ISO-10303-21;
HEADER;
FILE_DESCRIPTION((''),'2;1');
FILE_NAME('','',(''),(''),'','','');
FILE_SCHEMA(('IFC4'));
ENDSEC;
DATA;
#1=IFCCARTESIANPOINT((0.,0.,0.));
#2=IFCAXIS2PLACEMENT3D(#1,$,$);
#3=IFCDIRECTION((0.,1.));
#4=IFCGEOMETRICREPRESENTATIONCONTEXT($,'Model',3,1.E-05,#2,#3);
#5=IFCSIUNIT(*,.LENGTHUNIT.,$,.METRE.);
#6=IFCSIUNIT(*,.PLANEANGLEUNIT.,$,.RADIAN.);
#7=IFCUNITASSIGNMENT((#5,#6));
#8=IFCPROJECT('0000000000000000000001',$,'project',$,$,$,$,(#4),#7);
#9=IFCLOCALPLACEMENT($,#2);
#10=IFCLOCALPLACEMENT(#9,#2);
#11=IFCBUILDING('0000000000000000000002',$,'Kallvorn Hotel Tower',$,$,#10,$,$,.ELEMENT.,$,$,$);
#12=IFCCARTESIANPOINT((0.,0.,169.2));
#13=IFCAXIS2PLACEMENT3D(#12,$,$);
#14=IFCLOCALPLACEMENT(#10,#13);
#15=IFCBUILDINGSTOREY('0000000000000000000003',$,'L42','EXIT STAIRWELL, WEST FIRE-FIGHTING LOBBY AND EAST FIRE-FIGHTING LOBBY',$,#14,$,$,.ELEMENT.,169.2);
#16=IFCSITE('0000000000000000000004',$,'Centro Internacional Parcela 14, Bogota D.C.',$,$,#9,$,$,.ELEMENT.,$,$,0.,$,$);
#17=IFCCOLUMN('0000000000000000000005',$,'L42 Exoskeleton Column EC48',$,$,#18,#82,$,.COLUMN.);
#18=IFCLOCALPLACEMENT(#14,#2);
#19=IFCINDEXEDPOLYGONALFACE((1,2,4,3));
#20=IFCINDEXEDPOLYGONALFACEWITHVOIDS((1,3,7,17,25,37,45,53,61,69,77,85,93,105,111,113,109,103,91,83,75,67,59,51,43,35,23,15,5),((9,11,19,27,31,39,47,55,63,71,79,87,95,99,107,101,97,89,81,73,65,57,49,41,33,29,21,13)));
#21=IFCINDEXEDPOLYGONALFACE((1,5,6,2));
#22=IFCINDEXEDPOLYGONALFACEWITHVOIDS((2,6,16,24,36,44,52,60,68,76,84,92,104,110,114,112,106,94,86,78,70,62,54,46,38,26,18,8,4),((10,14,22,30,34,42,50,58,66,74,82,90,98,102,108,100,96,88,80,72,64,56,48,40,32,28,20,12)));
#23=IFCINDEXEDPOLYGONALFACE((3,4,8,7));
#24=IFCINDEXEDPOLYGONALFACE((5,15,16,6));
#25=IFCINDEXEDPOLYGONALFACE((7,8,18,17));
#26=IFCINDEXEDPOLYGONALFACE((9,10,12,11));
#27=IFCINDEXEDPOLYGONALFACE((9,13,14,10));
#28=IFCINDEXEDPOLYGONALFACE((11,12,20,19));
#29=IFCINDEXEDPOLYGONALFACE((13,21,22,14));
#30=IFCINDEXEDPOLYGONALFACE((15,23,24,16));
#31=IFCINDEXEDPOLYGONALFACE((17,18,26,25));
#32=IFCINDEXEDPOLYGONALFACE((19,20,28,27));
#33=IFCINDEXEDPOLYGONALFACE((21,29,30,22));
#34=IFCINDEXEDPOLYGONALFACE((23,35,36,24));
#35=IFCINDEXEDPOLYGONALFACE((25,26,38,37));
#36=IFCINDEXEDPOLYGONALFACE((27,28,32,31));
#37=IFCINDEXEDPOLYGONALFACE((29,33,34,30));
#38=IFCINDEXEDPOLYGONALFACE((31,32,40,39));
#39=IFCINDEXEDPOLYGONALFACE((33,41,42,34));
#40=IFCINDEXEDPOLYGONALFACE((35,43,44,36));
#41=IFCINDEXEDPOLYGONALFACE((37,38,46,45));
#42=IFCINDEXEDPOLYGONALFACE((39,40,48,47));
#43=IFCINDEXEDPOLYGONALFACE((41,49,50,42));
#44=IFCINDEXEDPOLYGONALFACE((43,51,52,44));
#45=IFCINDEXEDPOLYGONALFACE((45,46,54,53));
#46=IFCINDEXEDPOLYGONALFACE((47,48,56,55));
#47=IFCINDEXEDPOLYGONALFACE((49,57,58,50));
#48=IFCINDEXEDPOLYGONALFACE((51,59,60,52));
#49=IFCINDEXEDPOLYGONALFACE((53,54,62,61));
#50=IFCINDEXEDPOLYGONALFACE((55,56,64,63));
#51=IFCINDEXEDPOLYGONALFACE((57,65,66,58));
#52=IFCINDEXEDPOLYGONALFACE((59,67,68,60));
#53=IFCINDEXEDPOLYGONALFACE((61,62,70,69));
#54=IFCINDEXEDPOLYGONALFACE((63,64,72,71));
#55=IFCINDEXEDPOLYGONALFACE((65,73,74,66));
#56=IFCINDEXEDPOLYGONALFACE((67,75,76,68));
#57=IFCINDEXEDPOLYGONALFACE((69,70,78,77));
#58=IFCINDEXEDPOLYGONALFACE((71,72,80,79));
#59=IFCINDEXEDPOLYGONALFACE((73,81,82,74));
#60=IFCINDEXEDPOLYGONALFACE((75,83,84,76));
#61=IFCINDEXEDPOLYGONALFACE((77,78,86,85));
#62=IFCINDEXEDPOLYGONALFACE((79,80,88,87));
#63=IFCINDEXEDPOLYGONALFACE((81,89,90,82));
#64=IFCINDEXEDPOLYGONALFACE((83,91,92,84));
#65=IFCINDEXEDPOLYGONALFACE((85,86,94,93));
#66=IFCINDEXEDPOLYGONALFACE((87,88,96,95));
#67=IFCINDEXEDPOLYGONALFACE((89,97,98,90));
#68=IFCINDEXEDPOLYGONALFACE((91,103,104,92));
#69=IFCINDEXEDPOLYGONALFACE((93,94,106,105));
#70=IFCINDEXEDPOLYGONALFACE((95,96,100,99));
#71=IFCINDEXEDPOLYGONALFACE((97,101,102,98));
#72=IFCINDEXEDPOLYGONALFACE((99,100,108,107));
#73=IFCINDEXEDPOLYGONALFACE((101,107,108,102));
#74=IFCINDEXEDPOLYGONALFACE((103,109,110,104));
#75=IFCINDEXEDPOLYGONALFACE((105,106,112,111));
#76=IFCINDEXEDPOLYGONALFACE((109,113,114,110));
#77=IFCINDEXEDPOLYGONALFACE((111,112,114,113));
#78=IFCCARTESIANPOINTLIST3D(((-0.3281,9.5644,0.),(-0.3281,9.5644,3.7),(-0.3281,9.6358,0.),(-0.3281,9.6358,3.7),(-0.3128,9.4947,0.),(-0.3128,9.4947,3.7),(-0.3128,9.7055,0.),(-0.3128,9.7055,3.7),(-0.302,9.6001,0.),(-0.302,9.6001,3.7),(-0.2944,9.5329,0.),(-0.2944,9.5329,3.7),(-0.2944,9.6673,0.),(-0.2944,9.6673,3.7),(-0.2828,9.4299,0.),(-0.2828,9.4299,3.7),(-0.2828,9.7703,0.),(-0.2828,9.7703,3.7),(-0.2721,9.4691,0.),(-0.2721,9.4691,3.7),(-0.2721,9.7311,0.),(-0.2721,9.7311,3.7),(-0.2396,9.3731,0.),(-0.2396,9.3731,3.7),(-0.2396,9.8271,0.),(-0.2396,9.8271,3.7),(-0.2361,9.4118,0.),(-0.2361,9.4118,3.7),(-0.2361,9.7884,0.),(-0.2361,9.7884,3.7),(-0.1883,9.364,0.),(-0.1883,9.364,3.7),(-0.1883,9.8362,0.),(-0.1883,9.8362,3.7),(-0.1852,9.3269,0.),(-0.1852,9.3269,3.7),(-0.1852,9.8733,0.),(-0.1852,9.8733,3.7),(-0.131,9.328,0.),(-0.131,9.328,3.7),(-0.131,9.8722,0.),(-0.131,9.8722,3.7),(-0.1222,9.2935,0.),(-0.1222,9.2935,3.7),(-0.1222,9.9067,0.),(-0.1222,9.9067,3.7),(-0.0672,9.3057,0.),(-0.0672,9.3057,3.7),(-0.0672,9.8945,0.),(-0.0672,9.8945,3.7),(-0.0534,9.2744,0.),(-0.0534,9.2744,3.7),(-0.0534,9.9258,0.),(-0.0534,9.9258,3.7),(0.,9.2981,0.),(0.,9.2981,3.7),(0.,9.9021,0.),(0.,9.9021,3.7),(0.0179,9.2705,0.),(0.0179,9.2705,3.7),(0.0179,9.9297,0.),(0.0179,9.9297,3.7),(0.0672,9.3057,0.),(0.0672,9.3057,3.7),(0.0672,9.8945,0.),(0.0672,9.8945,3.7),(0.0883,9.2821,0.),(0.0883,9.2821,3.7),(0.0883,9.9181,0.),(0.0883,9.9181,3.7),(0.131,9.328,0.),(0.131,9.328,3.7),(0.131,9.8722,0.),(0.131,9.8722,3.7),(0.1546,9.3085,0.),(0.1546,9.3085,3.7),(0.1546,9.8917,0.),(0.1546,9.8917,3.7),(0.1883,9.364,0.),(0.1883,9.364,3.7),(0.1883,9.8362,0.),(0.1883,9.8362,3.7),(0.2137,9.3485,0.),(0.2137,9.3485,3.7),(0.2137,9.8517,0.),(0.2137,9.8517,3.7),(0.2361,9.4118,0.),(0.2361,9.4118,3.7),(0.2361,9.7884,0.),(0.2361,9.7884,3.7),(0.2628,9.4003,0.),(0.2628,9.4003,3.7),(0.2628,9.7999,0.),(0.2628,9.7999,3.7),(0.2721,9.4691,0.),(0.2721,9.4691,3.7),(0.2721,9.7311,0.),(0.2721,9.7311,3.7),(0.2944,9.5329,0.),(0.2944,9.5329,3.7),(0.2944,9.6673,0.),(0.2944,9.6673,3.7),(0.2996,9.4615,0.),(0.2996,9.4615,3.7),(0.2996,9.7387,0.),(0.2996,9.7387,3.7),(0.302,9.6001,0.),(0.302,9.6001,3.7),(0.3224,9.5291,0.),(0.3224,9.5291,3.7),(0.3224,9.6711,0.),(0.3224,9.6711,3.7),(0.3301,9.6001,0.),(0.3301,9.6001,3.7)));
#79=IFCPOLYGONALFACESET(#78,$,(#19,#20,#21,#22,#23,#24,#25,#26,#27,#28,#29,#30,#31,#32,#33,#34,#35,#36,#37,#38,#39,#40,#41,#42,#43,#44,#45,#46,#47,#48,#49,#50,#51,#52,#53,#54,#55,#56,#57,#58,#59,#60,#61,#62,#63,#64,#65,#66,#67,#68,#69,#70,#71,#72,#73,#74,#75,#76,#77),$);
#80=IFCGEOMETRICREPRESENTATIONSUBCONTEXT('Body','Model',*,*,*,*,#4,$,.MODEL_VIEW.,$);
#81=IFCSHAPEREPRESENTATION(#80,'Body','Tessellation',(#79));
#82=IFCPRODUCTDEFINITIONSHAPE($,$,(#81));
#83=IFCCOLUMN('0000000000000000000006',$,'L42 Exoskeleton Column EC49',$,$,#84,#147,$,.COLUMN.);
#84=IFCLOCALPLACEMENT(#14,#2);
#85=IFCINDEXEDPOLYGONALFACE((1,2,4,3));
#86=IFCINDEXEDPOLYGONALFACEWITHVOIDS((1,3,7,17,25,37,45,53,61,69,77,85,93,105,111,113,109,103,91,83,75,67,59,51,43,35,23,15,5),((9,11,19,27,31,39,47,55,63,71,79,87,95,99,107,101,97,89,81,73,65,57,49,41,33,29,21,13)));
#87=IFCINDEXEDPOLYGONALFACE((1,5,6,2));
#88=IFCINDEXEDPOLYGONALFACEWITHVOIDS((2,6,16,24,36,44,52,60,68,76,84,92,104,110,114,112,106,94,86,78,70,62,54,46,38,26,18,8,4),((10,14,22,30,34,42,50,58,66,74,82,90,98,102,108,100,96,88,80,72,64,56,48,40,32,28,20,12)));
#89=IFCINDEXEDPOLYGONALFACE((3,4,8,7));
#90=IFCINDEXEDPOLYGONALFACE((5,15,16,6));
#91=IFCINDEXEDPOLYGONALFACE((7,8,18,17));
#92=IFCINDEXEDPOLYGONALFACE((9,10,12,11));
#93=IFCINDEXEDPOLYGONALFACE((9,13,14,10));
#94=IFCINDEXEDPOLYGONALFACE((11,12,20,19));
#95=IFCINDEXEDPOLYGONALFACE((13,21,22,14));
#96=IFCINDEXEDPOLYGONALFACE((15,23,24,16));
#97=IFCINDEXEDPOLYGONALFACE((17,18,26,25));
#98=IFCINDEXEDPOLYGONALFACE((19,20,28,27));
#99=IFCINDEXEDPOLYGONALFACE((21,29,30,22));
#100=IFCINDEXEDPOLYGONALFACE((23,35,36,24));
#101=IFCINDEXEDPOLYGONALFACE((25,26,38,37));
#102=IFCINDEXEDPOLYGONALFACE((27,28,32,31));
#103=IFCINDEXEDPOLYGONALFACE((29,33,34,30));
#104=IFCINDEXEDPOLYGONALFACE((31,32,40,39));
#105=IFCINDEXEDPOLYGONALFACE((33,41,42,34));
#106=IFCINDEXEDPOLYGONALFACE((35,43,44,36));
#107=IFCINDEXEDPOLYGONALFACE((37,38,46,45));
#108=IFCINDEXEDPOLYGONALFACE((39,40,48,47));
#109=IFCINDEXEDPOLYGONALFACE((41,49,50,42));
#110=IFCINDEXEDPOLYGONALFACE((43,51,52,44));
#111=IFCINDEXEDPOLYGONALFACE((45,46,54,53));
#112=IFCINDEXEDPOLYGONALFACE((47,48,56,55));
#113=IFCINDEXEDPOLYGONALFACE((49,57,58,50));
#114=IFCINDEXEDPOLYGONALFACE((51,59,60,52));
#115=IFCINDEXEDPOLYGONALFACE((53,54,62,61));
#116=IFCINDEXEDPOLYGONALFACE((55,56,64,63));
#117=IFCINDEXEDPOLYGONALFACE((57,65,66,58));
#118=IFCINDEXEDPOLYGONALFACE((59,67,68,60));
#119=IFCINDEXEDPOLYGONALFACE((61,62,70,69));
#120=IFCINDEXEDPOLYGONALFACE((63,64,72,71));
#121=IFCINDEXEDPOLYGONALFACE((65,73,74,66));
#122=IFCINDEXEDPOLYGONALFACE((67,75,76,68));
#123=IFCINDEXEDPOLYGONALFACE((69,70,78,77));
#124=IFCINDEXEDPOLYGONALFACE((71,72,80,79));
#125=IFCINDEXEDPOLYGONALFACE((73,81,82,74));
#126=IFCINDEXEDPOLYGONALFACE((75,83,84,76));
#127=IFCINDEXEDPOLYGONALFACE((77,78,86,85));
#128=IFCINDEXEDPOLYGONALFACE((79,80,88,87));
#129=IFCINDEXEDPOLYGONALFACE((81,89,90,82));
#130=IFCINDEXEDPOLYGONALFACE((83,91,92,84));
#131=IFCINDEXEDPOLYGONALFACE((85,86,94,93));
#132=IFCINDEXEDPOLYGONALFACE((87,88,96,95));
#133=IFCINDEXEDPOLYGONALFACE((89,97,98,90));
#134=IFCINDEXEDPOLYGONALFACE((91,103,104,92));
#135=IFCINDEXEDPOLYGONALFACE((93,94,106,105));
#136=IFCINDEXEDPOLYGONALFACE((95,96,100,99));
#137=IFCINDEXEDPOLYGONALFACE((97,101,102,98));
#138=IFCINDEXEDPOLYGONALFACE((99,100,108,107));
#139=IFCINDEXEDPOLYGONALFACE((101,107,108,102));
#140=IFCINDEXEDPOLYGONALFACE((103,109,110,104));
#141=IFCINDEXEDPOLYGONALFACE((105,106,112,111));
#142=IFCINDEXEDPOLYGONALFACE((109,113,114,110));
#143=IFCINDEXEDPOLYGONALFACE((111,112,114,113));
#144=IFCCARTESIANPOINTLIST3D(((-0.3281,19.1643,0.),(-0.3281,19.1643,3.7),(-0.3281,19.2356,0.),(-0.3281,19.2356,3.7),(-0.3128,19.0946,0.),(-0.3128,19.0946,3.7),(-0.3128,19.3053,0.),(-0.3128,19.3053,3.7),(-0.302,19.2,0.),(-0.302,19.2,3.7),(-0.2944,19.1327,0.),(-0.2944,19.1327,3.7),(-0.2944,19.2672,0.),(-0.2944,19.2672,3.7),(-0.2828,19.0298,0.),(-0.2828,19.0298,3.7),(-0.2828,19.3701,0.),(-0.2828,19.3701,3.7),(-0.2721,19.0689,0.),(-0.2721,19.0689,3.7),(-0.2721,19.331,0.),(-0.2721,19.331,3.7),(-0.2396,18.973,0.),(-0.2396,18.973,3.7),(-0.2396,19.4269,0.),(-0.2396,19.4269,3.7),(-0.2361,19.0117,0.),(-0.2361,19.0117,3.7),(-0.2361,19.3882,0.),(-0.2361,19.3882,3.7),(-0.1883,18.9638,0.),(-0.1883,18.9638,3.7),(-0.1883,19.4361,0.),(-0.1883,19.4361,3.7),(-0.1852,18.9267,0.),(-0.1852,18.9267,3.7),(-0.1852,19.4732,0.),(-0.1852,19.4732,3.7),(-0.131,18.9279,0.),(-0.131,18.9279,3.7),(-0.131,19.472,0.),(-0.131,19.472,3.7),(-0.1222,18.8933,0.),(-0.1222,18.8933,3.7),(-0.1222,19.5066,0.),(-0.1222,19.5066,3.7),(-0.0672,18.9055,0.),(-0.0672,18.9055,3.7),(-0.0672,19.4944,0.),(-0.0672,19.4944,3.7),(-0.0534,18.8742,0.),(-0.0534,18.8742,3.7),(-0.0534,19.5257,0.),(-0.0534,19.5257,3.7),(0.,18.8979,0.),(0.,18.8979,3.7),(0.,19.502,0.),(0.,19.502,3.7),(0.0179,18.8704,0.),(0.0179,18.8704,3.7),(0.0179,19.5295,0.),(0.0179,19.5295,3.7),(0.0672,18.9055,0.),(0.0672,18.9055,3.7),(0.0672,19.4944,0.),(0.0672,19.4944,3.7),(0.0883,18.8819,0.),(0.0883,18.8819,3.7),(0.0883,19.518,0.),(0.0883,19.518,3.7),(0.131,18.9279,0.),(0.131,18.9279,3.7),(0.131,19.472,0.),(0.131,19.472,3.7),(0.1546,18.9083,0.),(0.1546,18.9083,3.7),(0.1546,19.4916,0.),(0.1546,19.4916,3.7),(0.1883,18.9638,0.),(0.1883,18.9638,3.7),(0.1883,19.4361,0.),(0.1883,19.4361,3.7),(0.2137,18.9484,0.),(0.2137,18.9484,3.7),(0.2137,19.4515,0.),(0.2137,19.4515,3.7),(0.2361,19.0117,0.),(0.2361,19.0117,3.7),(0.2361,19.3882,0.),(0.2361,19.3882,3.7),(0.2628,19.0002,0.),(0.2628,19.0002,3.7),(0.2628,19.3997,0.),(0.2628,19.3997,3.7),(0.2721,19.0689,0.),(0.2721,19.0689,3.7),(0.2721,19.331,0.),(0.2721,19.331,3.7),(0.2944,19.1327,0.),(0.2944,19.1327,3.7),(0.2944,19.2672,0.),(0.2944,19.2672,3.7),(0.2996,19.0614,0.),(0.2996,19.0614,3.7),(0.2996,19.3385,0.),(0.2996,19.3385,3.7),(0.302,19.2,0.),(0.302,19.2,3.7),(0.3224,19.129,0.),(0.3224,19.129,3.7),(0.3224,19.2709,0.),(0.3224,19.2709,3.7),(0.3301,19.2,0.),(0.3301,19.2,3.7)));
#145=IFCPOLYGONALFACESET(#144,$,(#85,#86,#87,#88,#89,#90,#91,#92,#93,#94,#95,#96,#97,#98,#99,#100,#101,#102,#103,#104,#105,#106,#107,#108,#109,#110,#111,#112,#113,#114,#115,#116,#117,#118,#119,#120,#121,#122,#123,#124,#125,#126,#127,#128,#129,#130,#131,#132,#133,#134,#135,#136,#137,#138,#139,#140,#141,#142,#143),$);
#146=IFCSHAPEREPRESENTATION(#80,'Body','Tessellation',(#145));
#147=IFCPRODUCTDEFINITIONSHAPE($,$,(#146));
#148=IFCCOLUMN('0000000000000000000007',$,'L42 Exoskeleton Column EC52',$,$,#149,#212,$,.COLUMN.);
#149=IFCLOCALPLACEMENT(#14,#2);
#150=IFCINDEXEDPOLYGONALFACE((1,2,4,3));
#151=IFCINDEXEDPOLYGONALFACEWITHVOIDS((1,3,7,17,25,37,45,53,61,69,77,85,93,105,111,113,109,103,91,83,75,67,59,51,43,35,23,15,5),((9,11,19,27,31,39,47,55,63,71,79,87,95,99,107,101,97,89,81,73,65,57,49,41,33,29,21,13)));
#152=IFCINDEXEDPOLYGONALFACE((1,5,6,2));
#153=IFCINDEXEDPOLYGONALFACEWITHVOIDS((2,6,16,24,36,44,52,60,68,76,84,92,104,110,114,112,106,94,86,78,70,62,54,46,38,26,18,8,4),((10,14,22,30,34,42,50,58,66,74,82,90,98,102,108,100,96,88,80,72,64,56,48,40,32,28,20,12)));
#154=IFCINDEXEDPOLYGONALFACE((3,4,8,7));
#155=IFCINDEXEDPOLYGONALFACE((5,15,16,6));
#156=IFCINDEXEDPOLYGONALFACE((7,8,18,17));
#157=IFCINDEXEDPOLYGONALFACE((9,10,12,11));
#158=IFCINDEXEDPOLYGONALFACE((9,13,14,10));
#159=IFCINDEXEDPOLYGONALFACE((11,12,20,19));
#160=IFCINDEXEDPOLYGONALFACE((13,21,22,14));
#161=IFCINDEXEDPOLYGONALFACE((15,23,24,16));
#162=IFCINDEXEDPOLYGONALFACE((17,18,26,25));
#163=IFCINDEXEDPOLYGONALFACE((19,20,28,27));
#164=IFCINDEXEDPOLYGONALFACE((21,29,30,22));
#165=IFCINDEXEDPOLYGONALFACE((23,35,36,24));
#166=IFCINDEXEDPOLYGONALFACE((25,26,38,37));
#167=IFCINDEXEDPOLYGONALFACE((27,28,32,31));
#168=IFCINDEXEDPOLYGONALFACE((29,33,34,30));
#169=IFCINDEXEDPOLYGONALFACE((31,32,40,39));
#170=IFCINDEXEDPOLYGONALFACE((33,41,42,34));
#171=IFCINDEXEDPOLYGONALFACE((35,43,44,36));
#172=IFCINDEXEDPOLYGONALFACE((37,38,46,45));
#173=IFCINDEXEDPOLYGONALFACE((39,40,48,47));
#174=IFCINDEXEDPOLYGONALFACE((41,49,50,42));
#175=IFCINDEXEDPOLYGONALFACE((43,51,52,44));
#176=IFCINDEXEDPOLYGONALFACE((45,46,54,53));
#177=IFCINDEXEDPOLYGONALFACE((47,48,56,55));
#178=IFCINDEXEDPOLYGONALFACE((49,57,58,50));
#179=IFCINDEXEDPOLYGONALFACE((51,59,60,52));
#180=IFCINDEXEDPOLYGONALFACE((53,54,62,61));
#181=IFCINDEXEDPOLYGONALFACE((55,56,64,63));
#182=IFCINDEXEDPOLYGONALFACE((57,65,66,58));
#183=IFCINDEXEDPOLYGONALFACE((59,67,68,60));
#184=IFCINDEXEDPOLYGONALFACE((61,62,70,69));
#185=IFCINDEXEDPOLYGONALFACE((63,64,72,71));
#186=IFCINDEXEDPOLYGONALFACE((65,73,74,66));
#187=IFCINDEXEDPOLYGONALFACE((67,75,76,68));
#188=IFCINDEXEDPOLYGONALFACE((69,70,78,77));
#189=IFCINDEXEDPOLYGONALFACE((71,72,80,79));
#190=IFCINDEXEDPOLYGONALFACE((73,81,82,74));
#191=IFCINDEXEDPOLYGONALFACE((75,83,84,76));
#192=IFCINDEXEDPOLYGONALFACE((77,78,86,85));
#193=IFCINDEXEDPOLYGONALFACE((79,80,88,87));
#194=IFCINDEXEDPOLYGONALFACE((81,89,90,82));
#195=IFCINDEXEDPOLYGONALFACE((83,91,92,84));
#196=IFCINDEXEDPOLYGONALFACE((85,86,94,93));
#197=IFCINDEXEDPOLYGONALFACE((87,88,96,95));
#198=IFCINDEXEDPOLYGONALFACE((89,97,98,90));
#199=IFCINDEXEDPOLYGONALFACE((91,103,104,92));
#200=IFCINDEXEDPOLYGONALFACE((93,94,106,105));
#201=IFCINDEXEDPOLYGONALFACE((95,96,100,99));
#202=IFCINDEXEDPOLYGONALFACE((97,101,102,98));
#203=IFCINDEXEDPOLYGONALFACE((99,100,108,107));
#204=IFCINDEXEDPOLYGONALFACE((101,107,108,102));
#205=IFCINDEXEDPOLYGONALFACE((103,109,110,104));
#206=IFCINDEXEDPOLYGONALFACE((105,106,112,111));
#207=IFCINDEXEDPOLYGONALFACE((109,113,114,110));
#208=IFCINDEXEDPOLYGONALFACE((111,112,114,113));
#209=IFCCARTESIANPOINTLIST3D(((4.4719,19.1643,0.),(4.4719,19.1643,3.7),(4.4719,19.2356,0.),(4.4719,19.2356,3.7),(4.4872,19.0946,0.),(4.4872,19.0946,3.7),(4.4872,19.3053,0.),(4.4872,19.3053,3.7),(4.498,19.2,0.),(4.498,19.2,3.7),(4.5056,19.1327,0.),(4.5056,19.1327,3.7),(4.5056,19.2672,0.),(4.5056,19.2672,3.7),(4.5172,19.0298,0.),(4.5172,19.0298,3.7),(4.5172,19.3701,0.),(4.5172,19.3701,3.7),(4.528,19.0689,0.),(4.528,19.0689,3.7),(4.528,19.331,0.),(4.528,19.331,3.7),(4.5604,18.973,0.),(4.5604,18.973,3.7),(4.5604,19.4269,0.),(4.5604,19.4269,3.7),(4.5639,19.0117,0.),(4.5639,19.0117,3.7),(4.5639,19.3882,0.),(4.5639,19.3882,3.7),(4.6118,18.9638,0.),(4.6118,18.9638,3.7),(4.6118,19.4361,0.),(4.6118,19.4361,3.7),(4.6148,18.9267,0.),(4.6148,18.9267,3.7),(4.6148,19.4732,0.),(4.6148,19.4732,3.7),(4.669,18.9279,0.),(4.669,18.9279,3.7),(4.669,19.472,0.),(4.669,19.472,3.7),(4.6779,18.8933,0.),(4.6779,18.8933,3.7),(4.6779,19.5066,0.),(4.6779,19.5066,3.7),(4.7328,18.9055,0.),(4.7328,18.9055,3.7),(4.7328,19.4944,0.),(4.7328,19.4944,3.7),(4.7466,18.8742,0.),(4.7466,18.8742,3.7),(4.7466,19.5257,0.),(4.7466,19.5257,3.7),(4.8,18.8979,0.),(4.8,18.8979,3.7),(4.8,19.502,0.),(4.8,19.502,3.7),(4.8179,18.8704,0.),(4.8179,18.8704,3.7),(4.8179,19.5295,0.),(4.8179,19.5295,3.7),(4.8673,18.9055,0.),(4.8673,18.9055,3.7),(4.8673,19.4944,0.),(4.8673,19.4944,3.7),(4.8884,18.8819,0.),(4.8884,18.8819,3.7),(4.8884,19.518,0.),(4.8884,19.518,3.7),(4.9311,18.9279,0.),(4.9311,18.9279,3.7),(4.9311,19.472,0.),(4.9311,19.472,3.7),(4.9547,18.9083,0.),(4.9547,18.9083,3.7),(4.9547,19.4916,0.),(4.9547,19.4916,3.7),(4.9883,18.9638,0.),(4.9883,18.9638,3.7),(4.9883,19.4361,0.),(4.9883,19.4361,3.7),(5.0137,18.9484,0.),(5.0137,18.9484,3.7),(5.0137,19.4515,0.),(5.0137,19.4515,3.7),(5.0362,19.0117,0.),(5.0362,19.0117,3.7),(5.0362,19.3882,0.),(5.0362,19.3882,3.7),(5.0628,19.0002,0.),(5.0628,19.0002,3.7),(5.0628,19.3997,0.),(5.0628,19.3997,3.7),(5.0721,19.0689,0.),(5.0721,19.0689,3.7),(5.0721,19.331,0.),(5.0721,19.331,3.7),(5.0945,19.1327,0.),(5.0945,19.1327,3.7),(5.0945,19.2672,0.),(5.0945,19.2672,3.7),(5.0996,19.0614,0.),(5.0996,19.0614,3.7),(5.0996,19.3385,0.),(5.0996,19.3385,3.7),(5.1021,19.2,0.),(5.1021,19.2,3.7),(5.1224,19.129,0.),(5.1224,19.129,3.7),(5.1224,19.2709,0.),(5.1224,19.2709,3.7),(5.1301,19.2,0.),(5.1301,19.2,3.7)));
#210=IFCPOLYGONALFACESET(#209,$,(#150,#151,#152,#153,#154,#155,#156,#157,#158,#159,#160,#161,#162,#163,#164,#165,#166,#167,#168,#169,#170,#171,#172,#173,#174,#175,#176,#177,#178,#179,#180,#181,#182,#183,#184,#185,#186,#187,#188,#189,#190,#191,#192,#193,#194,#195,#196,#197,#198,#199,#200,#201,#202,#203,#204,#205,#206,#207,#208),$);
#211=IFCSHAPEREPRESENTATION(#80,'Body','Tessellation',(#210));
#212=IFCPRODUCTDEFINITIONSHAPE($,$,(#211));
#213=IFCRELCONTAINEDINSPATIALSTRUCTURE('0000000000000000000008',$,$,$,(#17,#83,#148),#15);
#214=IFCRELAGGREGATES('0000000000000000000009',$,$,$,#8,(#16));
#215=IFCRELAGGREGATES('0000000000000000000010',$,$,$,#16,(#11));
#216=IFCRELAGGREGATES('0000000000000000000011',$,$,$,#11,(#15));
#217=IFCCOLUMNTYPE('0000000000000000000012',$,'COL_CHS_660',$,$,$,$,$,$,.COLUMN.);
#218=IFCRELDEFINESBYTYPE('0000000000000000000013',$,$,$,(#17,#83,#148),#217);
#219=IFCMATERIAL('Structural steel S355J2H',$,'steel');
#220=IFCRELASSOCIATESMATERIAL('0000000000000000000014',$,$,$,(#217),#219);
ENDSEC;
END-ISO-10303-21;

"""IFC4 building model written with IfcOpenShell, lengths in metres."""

from ifc_helpers import new_model, si_unit, direction, frame, origin, origin_2d, place, context, subcontext, project, spatial, hollow_circle, extrude, material, material_profile, profile_set, type_object, element, save


model = new_model("IFC4")

# Units and contexts
model_context = context("Model", 3, precision=1e-05, world=origin(), true_north=direction((0.0, 1.0)))
body_context = subcontext(model_context, "Body", "Model", "MODEL_VIEW")
ifc_project = project(units=[si_unit("LENGTHUNIT", "METRE"), si_unit("PLANEANGLEUNIT", "RADIAN")], contexts=[model_context])

# Site, building, storey
site_placement = place(None, origin())
site = spatial("IfcSite", under=ifc_project, at=site_placement, Name="Centro Internacional Parcela 14, Bogota D.C.", CompositionType="ELEMENT", RefElevation=0.0)
building_placement = place(site_placement, origin())
building = spatial("IfcBuilding", under=site, at=building_placement, Name="Kallvorn Hotel Tower", CompositionType="ELEMENT")
storey_placement = place(building_placement, frame((0.0, 0.0, 169.2)))
storey = spatial("IfcBuildingStorey", under=building, at=storey_placement, Name="L42", Description="EXIT STAIRWELL, WEST FIRE-FIGHTING LOBBY AND EAST FIRE-FIGHTING LOBBY", CompositionType="ELEMENT", Elevation=169.2)

# Columns
ifc_material_1 = material(Name="Structural steel S355J2H", Category="steel")
ifc_material_profile_1 = material_profile(ifc_material_1, hollow_circle(Radius=0.3301, WallThickness=0.0281, at=origin_2d()), Name="CHS 660x28")
ifc_profile_set_1 = profile_set([ifc_material_profile_1], Name="Structural steel S355J2H")
column_type_1 = type_object("IfcColumnType", Name="COL_CHS_660", PredefinedType="COLUMN", material=ifc_profile_set_1)
for number, where, z_axis, x_axis, name in (
    (1, (0.0, 9.6001, 0.0), (0.0, 0.0, 1.0), (1.0, 0.0, 0.0), "L42 Exoskeleton Column EC48"),
    (2, (0.0, 19.2, 0.0), (0.0, 0.0, 1.0), (1.0, 0.0, 0.0), "L42 Exoskeleton Column EC49"),
    (3, (4.8, 19.2, 0.0), (0.0, 0.0, 1.0), (1.0, 0.0, 0.0), "L42 Exoskeleton Column EC52"),
):
    element("IfcColumn", number, at=place(storey_placement, frame(where, z_axis=z_axis, x_axis=x_axis)), inside=storey, type_object=column_type_1, Name=name, PredefinedType="COLUMN", context=body_context, shape_type="SweptSolid", body=[
        extrude(hollow_circle(Radius=0.3301, WallThickness=0.0281, at=origin_2d()), origin(), (0.0, 0.0, 1.0), 3.7),
    ])

save(model, "model.ifc")
